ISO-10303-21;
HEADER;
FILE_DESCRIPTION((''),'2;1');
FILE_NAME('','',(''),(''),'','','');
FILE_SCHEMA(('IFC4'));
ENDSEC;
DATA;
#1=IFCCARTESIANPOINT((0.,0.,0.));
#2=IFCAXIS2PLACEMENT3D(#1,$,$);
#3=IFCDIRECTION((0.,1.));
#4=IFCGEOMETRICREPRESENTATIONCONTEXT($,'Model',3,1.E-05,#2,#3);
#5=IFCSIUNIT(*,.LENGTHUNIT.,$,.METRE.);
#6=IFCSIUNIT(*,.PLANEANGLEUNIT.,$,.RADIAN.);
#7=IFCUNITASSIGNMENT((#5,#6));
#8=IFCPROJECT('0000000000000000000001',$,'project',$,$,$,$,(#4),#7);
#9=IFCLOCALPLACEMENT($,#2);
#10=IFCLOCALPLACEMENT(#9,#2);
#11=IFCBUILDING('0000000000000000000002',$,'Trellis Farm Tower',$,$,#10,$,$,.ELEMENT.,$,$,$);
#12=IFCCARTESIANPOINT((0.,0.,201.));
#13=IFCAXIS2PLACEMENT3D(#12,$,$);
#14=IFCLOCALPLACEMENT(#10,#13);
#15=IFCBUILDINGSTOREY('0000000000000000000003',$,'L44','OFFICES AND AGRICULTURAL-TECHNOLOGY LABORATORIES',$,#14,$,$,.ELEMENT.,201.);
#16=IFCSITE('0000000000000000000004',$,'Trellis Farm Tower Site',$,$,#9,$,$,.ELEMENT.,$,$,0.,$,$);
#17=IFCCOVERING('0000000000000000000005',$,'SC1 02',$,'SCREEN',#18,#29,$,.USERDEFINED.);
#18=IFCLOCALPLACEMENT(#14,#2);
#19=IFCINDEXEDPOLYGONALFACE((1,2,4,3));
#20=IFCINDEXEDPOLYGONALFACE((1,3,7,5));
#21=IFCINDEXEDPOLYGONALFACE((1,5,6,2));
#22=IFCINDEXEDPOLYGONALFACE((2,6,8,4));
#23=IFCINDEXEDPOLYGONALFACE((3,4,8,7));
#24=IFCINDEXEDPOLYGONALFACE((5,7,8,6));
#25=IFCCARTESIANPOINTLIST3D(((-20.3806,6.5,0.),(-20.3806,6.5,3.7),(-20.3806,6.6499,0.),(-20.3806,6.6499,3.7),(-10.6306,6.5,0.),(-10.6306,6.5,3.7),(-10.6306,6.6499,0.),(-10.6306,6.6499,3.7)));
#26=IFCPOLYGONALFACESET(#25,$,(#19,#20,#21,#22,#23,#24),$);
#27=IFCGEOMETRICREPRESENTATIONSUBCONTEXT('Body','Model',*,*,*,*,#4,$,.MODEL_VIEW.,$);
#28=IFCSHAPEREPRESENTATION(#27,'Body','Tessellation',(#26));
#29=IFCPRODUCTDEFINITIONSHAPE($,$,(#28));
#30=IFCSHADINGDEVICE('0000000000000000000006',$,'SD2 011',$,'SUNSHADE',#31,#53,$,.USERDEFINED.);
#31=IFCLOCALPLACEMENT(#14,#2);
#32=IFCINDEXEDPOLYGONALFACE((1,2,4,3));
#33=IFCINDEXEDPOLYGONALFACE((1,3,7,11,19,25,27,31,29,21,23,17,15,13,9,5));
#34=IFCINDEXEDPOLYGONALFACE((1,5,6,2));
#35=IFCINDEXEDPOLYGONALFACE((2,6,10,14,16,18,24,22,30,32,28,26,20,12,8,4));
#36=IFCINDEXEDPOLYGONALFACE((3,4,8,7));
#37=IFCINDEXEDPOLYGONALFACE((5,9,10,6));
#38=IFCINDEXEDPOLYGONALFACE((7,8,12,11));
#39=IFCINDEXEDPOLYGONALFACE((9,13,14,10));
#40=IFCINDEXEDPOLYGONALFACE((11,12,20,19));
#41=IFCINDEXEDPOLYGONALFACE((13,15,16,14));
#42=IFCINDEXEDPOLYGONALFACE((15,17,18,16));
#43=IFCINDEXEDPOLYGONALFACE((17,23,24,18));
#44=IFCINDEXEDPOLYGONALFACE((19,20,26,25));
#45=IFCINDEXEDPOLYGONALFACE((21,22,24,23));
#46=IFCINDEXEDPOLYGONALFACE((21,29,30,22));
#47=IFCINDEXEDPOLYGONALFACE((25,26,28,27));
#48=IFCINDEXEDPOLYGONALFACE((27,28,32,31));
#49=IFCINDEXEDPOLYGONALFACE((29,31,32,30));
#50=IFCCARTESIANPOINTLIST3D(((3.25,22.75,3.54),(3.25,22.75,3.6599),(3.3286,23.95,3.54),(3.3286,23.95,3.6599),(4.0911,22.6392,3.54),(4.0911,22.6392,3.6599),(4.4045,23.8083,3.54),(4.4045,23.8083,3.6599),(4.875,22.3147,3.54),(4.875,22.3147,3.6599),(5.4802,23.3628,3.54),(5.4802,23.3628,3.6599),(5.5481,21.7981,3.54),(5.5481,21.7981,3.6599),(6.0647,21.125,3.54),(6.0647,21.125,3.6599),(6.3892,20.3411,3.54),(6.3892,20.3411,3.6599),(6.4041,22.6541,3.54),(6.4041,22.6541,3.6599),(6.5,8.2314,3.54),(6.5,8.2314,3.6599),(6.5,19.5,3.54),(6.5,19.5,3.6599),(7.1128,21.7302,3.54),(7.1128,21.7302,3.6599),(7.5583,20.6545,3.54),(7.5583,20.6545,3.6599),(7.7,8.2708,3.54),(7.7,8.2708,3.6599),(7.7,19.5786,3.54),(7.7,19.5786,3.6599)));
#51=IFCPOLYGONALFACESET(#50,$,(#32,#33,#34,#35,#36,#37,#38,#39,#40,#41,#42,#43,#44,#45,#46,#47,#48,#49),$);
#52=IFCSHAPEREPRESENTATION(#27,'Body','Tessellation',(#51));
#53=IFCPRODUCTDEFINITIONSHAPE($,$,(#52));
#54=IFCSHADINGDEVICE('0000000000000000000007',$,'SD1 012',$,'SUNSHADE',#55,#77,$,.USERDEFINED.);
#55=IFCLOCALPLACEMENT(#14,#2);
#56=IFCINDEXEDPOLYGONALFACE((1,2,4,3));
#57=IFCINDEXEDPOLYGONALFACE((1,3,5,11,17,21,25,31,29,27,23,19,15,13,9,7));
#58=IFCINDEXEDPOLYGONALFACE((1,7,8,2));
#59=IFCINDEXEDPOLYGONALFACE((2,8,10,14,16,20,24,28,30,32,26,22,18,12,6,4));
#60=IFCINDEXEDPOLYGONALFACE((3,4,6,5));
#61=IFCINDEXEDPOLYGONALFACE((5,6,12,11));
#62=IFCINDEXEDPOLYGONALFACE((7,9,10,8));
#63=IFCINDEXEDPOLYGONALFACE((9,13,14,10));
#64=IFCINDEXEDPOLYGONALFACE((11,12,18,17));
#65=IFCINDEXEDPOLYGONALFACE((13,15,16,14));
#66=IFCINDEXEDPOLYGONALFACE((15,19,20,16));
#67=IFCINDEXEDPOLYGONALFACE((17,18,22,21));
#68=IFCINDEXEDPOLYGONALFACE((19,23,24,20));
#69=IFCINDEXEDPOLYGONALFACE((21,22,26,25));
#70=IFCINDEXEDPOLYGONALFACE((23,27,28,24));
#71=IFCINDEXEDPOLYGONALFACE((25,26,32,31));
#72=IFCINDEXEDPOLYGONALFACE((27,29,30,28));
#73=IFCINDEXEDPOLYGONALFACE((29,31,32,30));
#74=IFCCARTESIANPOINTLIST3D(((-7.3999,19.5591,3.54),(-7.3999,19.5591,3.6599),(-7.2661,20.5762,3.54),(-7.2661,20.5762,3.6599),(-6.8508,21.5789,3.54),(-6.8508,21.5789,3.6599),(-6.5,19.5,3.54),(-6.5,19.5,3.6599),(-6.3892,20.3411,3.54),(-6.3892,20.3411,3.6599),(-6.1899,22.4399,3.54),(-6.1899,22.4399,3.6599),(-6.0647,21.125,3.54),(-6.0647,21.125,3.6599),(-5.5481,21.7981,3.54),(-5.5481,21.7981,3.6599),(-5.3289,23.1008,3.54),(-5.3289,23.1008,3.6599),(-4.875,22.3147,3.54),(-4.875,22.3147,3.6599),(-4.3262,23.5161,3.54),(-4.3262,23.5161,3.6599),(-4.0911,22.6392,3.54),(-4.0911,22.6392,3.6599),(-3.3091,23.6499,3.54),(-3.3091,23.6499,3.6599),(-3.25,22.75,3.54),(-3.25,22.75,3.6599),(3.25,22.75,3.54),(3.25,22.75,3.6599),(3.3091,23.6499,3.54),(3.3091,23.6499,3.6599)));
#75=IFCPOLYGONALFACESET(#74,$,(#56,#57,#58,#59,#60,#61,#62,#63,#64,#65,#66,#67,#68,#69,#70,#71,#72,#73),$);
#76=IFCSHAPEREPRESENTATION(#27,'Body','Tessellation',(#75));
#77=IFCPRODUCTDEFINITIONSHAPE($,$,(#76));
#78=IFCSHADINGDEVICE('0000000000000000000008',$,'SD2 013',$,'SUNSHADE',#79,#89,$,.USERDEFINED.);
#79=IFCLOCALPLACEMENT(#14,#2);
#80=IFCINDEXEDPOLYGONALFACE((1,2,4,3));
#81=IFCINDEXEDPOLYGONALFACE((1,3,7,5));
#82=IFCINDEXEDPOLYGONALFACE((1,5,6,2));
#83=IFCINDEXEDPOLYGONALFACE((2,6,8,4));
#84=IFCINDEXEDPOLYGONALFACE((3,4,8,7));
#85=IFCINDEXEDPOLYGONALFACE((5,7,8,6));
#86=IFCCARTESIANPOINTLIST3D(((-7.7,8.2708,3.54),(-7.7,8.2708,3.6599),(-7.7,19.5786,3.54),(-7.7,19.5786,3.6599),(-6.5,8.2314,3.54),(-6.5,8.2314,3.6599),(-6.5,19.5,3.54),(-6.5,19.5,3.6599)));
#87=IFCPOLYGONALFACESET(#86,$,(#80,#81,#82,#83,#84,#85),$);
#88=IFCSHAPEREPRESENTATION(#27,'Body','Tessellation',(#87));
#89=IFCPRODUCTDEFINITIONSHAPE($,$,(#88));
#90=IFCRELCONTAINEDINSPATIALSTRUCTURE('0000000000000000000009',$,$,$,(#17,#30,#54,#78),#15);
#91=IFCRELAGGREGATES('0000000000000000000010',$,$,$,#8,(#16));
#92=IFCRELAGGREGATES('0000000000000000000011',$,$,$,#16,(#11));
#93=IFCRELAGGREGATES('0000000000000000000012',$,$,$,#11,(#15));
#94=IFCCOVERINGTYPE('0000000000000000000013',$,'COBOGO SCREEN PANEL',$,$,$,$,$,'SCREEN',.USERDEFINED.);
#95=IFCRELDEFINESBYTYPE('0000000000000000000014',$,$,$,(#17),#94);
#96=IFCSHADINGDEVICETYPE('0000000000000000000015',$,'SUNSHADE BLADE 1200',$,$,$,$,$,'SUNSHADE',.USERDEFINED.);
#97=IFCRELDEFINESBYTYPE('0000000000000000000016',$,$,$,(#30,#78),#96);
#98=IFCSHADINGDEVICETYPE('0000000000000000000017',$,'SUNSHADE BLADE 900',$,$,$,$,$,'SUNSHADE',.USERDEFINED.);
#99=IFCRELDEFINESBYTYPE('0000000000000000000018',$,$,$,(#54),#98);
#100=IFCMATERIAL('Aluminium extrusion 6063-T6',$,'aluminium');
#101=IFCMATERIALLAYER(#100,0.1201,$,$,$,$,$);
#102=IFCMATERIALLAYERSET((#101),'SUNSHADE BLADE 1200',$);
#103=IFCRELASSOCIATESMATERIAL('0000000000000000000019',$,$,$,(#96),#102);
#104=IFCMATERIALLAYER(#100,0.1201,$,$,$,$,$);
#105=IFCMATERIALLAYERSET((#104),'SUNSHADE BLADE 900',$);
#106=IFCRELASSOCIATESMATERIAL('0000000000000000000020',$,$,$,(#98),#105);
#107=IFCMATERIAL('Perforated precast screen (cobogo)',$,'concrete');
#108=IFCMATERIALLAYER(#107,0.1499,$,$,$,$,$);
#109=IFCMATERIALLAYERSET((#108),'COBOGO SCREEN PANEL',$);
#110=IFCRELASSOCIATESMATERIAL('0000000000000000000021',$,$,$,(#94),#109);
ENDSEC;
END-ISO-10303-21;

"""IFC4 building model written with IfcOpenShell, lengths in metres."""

from ifc_helpers import new_model, si_unit, direction, frame, origin, place, context, subcontext, project, spatial, polyline, outline, extrude, source, transform, mapped, material, layer, layer_set, type_object, element, save


model = new_model("IFC4")

# Units and contexts
model_context = context("Model", 3, precision=1e-05, world=origin(), true_north=direction((0.0, 1.0)))
body_context = subcontext(model_context, "Body", "Model", "MODEL_VIEW")
ifc_project = project(units=[si_unit("LENGTHUNIT", "METRE"), si_unit("PLANEANGLEUNIT", "RADIAN")], contexts=[model_context])

# Site, building, storey
site_placement = place(None, origin())
site = spatial("IfcSite", under=ifc_project, at=site_placement, Name="Trellis Farm Tower Site", CompositionType="ELEMENT", RefElevation=0.0)
building_placement = place(site_placement, origin())
building = spatial("IfcBuilding", under=site, at=building_placement, Name="Trellis Farm Tower", CompositionType="ELEMENT")
storey_placement = place(building_placement, frame((0.0, 0.0, 201.0)))
storey = spatial("IfcBuildingStorey", under=building, at=storey_placement, Name="L44", Description="OFFICES AND AGRICULTURAL-TECHNOLOGY LABORATORIES", CompositionType="ELEMENT", Elevation=201.0)

# Shared definitions
placement_1 = place(storey_placement, origin())
ifc_material_1 = material(Name="Aluminium extrusion 6063-T6", Category="aluminium")

# Shared definitions
ifc_layer_1 = layer(ifc_material_1, 0.1201)
ifc_layer_set_1 = layer_set([ifc_layer_1], Name="SUNSHADE BLADE 1200")
shading_device_type_1 = type_object("IfcShadingDeviceType", Name="SUNSHADE BLADE 1200", ElementType="SUNSHADE", PredefinedType="USERDEFINED", material=ifc_layer_set_1)
placement_2 = place(storey_placement, frame((0.0, 0.0, 3.54)))
ifc_layer_2 = layer(ifc_material_1, 0.1201)
ifc_layer_set_2 = layer_set([ifc_layer_2], Name="SUNSHADE BLADE 900")
shading_device_type_2 = type_object("IfcShadingDeviceType", Name="SUNSHADE BLADE 900", ElementType="SUNSHADE", PredefinedType="USERDEFINED", material=ifc_layer_set_2)

# Covering
ifc_material_2 = material(Name="Perforated precast screen (cobogo)", Category="concrete")
ifc_layer_3 = layer(ifc_material_2, 0.1499)
ifc_layer_set_3 = layer_set([ifc_layer_3], Name="COBOGO SCREEN PANEL")
covering_type = type_object("IfcCoveringType", Name="COBOGO SCREEN PANEL", ElementType="SCREEN", PredefinedType="USERDEFINED", material=ifc_layer_set_3)
shared_shape_1 = source(origin(), body_context, "Body", "SweptSolid", [
    extrude(outline(polyline([(-10.6306, 6.6499), (-20.3806, 6.6499), (-20.3806, 6.5), (-10.6306, 6.5), (-10.6306, 6.6499)])), origin(), (0.0, 0.0, 1.0), 3.7),
])
element("IfcCovering", 1, at=placement_1, inside=storey, type_object=covering_type, Name="SC1 02", ObjectType="SCREEN", PredefinedType="USERDEFINED", context=body_context, shape_type="MappedRepresentation", body=[
    mapped(shared_shape_1, transform((0.0, 0.0, 0.0))),
])

# Shading devices
shared_shape_2 = source(origin(), body_context, "Body", "SweptSolid", [
    extrude(outline(polyline([(7.7, 8.2708), (7.7, 19.5786), (7.5583, 20.6545), (7.1128, 21.7302), (6.4041, 22.6541), (5.4802, 23.3628), (4.4045, 23.8083), (3.3286, 23.95), (3.25, 22.75), (4.0911, 22.6392), (4.875, 22.3147), (5.5481, 21.7981), (6.0647, 21.125), (6.3892, 20.3411), (6.5, 19.5), (6.5, 8.2314), (7.7, 8.2708)])), origin(), (0.0, 0.0, 1.0), 0.1199),
])
element("IfcShadingDevice", 2, at=placement_2, inside=storey, type_object=shading_device_type_1, Name="SD2 011", ObjectType="SUNSHADE", PredefinedType="USERDEFINED", context=body_context, shape_type="MappedRepresentation", body=[
    mapped(shared_shape_2, transform((0.0, 0.0, 0.0))),
])
shared_shape_3 = source(origin(), body_context, "Body", "SweptSolid", [
    extrude(outline(polyline([(3.3091, 23.6499), (-3.3091, 23.6499), (-4.3262, 23.5161), (-5.3289, 23.1008), (-6.1899, 22.4399), (-6.8508, 21.5789), (-7.2661, 20.5762), (-7.3999, 19.5591), (-6.5, 19.5), (-6.3892, 20.3411), (-6.0647, 21.125), (-5.5481, 21.7981), (-4.875, 22.3147), (-4.0911, 22.6392), (-3.25, 22.75), (3.25, 22.75), (3.3091, 23.6499)])), origin(), (0.0, 0.0, 1.0), 0.1199),
])
element("IfcShadingDevice", 3, at=placement_2, inside=storey, type_object=shading_device_type_2, Name="SD1 012", ObjectType="SUNSHADE", PredefinedType="USERDEFINED", context=body_context, shape_type="MappedRepresentation", body=[
    mapped(shared_shape_3, transform((0.0, 0.0, 0.0))),
])
shared_shape_4 = source(origin(), body_context, "Body", "SweptSolid", [
    extrude(outline(polyline([(-7.7, 19.5786), (-7.7, 8.2708), (-6.5, 8.2314), (-6.5, 19.5), (-7.7, 19.5786)])), origin(), (0.0, 0.0, 1.0), 0.1199),
])
element("IfcShadingDevice", 4, at=placement_2, inside=storey, type_object=shading_device_type_1, Name="SD2 013", ObjectType="SUNSHADE", PredefinedType="USERDEFINED", context=body_context, shape_type="MappedRepresentation", body=[
    mapped(shared_shape_4, transform((0.0, 0.0, 0.0))),
])

save(model, "model.ifc")
